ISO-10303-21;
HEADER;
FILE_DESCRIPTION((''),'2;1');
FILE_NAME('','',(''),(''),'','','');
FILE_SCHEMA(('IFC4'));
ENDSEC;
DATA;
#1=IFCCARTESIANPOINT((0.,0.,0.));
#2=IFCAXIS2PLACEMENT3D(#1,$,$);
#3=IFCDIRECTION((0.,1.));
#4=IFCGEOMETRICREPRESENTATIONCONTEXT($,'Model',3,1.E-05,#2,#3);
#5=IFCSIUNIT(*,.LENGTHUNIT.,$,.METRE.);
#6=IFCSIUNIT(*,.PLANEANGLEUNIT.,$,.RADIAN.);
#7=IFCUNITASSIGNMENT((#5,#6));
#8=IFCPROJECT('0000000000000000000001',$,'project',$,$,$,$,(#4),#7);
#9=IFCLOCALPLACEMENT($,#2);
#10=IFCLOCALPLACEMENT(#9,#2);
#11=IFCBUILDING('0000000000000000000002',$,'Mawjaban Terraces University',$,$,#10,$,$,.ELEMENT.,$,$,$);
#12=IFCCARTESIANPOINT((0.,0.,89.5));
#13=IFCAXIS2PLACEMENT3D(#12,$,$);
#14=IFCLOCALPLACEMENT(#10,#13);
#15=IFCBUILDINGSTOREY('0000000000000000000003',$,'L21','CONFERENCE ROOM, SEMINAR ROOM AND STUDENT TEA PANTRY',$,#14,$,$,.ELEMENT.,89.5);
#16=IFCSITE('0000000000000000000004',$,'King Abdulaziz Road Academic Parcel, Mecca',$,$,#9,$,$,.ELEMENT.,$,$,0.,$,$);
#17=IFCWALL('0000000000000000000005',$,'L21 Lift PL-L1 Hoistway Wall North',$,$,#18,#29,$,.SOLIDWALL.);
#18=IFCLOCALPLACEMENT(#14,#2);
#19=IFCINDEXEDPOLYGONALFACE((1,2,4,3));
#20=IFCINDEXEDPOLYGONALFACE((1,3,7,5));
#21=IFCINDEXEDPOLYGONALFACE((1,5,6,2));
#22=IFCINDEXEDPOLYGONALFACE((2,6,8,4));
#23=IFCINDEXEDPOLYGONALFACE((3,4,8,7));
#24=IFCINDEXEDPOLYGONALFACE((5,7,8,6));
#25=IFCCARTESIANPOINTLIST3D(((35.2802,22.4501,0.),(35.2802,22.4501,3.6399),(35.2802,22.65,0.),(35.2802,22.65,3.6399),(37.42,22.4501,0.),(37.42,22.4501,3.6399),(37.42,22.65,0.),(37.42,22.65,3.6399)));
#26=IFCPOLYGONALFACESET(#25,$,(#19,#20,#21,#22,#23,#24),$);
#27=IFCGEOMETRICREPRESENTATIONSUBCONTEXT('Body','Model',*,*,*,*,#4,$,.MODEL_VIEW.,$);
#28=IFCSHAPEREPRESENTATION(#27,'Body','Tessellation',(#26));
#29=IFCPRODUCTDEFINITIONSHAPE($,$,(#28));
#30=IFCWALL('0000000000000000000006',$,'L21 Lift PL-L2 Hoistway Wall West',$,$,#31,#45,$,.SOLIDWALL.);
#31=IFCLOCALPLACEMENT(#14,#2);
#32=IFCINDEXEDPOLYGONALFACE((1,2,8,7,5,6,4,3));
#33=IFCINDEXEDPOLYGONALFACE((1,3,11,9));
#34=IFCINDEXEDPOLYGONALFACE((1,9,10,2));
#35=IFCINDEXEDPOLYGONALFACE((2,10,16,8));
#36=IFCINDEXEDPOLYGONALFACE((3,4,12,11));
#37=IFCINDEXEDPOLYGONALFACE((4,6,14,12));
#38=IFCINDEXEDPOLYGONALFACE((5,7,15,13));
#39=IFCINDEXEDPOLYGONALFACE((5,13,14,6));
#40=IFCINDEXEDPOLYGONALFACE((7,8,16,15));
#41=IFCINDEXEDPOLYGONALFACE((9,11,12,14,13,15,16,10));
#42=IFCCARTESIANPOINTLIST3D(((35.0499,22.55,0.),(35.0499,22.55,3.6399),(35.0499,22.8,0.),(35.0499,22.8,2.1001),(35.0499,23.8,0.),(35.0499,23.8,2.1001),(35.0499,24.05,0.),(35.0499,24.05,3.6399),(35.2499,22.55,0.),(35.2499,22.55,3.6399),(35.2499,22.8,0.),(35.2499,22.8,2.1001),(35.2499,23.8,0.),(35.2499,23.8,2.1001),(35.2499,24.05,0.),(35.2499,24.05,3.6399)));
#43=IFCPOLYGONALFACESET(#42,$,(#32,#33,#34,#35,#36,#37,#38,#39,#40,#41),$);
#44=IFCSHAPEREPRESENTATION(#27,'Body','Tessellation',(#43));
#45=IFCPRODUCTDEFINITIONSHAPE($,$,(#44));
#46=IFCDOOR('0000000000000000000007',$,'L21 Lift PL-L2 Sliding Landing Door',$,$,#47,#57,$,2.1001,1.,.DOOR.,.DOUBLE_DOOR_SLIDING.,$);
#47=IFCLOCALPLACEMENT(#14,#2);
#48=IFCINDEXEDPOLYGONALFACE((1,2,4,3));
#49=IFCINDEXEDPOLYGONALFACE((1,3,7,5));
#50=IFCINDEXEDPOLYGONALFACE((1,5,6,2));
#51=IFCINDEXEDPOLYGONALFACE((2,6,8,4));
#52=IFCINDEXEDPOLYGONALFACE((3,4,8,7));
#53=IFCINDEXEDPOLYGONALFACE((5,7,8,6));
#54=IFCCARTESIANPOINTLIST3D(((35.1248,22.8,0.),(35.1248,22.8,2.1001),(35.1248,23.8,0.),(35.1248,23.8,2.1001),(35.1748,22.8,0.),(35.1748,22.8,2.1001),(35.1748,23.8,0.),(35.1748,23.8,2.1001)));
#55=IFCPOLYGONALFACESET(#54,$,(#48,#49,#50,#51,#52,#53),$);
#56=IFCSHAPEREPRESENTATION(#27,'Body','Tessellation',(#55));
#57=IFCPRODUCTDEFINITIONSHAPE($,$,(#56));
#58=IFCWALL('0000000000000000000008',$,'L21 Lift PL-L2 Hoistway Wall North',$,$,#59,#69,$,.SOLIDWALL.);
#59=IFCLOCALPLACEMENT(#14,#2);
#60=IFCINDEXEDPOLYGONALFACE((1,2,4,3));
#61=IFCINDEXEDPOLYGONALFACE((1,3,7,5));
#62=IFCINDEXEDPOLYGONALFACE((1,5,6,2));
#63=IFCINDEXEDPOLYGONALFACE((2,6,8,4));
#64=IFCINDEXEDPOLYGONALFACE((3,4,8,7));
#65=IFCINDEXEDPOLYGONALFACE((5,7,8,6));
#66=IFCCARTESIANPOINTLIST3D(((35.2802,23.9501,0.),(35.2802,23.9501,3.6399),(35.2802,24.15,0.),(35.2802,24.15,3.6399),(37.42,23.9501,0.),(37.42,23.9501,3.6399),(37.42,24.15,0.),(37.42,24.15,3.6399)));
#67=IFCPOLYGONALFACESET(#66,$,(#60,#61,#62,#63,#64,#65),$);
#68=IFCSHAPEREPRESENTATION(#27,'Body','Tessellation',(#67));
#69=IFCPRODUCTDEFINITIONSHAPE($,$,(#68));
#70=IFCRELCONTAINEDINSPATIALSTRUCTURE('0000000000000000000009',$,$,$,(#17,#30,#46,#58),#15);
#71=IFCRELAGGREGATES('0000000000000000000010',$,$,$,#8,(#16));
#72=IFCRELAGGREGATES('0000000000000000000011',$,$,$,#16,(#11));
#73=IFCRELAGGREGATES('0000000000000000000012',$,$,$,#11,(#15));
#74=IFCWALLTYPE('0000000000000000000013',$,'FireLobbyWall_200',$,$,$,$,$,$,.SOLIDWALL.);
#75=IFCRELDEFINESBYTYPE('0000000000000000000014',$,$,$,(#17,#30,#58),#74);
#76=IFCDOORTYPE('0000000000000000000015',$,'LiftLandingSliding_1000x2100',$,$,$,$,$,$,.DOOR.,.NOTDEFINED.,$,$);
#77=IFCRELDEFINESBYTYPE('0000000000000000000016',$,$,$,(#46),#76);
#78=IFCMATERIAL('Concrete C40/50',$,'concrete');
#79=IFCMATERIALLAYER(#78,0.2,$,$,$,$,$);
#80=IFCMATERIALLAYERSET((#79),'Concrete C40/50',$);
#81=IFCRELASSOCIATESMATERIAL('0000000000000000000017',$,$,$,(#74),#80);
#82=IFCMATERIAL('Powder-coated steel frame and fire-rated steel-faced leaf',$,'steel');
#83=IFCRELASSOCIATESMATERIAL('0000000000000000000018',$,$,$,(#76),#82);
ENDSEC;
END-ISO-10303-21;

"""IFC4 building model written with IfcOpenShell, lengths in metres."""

from ifc_helpers import new_model, si_unit, direction, frame, frame_2d, origin, place, context, subcontext, project, spatial, rectangle, extrude, material, layer, layer_set, type_object, element, fill, save


model = new_model("IFC4")

# Units and contexts
model_context = context("Model", 3, precision=1e-05, world=origin(), true_north=direction((0.0, 1.0)))
body_context = subcontext(model_context, "Body", "Model", "MODEL_VIEW")
ifc_project = project(units=[si_unit("LENGTHUNIT", "METRE"), si_unit("PLANEANGLEUNIT", "RADIAN")], contexts=[model_context])

# Site, building, storey
site_placement = place(None, origin())
site = spatial("IfcSite", under=ifc_project, at=site_placement, Name="King Abdulaziz Road Academic Parcel, Mecca", CompositionType="ELEMENT", RefElevation=0.0)
building_placement = place(site_placement, origin())
building = spatial("IfcBuilding", under=site, at=building_placement, Name="Mawjaban Terraces University", CompositionType="ELEMENT")
storey_placement = place(building_placement, frame((0.0, 0.0, 89.5)))
storey = spatial("IfcBuildingStorey", under=building, at=storey_placement, Name="L21", Description="CONFERENCE ROOM, SEMINAR ROOM AND STUDENT TEA PANTRY", CompositionType="ELEMENT", Elevation=89.5)

# Shared definitions
ifc_material_1 = material(Name="Concrete C40/50", Category="concrete")
ifc_layer_1 = layer(ifc_material_1, 0.2)
ifc_layer_set_1 = layer_set([ifc_layer_1], Name="Concrete C40/50")
wall_type_1 = type_object("IfcWallType", Name="FireLobbyWall_200", PredefinedType="SOLIDWALL", material=ifc_layer_set_1)

# Shared definitions
ifc_material_2 = material(Name="Powder-coated steel frame and fire-rated steel-faced leaf", Category="steel")
door_type_1 = type_object("IfcDoorType", Name="LiftLandingSliding_1000x2100", OperationType="NOTDEFINED", PredefinedType="DOOR", material=ifc_material_2)

# Wall
wall_1_placement = place(storey_placement, frame((37.4199, 22.55, 0.0), z_axis=(0.0, 0.0, 1.0), x_axis=(-1.0, 0.0, 0.0)))
element("IfcWall", 1, at=wall_1_placement, inside=storey, type_object=wall_type_1, Name="L21 Lift PL-L1 Hoistway Wall North", PredefinedType="SOLIDWALL", context=body_context, shape_type="SweptSolid", body=[
    extrude(rectangle(XDim=2.1399, YDim=0.2, at=frame_2d((1.0698, 0.0))), origin(), (0.0, 0.0, 1.0), 3.6399),
])

# Wall, opening, door
wall_2_placement = place(storey_placement, frame((35.1499, 24.05, 0.0), z_axis=(0.0, 0.0, 1.0), x_axis=(0.0, -1.0, 0.0)))
wall_2 = element("IfcWall", 2, at=wall_2_placement, inside=storey, type_object=wall_type_1, Name="L21 Lift PL-L2 Hoistway Wall West", PredefinedType="SOLIDWALL", context=body_context, shape_type="SweptSolid", body=[
    extrude(rectangle(XDim=1.5, YDim=0.2, at=frame_2d((0.75, 0.0))), origin(), (0.0, 0.0, 1.0), 3.6399),
])
opening_1_placement = place(wall_2_placement, frame((0.25, 0.0, 0.0)))
opening_1 = element("IfcOpeningElement", 3, at=opening_1_placement, cuts=wall_2, PredefinedType="OPENING", context=body_context, shape_type="SweptSolid", body=[
    extrude(rectangle(XDim=1.0, YDim=2.1001, at=frame_2d((0.5, 1.05))), frame((0.0, 0.1099, 0.0), z_axis=(0.0, -1.0, 0.0), x_axis=(1.0, 0.0, 0.0)), (0.0, 0.0, 1.0), 0.22),
])
door_1_placement = place(opening_1_placement, origin())
door_1 = element("IfcDoor", 4, at=door_1_placement, inside=storey, type_object=door_type_1, Name="L21 Lift PL-L2 Sliding Landing Door", OperationType="DOUBLE_DOOR_SLIDING", OverallHeight=2.1001, OverallWidth=1.0, PredefinedType="DOOR", context=body_context, shape_type="SweptSolid", body=[
    extrude(rectangle(XDim=1.0, YDim=2.1001, at=frame_2d((0.5, 1.05))), frame((0.0, 0.0249, 0.0), z_axis=(0.0, -1.0, 0.0), x_axis=(1.0, 0.0, 0.0)), (0.0, 0.0, 1.0), 0.05),
])
fill(opening_1, door_1)

# Wall
wall_3_placement = place(storey_placement, frame((37.4199, 24.05, 0.0), z_axis=(0.0, 0.0, 1.0), x_axis=(-1.0, 0.0, 0.0)))
element("IfcWall", 5, at=wall_3_placement, inside=storey, type_object=wall_type_1, Name="L21 Lift PL-L2 Hoistway Wall North", PredefinedType="SOLIDWALL", context=body_context, shape_type="SweptSolid", body=[
    extrude(rectangle(XDim=2.1399, YDim=0.2, at=frame_2d((1.0698, 0.0))), origin(), (0.0, 0.0, 1.0), 3.6399),
])

save(model, "model.ifc")
